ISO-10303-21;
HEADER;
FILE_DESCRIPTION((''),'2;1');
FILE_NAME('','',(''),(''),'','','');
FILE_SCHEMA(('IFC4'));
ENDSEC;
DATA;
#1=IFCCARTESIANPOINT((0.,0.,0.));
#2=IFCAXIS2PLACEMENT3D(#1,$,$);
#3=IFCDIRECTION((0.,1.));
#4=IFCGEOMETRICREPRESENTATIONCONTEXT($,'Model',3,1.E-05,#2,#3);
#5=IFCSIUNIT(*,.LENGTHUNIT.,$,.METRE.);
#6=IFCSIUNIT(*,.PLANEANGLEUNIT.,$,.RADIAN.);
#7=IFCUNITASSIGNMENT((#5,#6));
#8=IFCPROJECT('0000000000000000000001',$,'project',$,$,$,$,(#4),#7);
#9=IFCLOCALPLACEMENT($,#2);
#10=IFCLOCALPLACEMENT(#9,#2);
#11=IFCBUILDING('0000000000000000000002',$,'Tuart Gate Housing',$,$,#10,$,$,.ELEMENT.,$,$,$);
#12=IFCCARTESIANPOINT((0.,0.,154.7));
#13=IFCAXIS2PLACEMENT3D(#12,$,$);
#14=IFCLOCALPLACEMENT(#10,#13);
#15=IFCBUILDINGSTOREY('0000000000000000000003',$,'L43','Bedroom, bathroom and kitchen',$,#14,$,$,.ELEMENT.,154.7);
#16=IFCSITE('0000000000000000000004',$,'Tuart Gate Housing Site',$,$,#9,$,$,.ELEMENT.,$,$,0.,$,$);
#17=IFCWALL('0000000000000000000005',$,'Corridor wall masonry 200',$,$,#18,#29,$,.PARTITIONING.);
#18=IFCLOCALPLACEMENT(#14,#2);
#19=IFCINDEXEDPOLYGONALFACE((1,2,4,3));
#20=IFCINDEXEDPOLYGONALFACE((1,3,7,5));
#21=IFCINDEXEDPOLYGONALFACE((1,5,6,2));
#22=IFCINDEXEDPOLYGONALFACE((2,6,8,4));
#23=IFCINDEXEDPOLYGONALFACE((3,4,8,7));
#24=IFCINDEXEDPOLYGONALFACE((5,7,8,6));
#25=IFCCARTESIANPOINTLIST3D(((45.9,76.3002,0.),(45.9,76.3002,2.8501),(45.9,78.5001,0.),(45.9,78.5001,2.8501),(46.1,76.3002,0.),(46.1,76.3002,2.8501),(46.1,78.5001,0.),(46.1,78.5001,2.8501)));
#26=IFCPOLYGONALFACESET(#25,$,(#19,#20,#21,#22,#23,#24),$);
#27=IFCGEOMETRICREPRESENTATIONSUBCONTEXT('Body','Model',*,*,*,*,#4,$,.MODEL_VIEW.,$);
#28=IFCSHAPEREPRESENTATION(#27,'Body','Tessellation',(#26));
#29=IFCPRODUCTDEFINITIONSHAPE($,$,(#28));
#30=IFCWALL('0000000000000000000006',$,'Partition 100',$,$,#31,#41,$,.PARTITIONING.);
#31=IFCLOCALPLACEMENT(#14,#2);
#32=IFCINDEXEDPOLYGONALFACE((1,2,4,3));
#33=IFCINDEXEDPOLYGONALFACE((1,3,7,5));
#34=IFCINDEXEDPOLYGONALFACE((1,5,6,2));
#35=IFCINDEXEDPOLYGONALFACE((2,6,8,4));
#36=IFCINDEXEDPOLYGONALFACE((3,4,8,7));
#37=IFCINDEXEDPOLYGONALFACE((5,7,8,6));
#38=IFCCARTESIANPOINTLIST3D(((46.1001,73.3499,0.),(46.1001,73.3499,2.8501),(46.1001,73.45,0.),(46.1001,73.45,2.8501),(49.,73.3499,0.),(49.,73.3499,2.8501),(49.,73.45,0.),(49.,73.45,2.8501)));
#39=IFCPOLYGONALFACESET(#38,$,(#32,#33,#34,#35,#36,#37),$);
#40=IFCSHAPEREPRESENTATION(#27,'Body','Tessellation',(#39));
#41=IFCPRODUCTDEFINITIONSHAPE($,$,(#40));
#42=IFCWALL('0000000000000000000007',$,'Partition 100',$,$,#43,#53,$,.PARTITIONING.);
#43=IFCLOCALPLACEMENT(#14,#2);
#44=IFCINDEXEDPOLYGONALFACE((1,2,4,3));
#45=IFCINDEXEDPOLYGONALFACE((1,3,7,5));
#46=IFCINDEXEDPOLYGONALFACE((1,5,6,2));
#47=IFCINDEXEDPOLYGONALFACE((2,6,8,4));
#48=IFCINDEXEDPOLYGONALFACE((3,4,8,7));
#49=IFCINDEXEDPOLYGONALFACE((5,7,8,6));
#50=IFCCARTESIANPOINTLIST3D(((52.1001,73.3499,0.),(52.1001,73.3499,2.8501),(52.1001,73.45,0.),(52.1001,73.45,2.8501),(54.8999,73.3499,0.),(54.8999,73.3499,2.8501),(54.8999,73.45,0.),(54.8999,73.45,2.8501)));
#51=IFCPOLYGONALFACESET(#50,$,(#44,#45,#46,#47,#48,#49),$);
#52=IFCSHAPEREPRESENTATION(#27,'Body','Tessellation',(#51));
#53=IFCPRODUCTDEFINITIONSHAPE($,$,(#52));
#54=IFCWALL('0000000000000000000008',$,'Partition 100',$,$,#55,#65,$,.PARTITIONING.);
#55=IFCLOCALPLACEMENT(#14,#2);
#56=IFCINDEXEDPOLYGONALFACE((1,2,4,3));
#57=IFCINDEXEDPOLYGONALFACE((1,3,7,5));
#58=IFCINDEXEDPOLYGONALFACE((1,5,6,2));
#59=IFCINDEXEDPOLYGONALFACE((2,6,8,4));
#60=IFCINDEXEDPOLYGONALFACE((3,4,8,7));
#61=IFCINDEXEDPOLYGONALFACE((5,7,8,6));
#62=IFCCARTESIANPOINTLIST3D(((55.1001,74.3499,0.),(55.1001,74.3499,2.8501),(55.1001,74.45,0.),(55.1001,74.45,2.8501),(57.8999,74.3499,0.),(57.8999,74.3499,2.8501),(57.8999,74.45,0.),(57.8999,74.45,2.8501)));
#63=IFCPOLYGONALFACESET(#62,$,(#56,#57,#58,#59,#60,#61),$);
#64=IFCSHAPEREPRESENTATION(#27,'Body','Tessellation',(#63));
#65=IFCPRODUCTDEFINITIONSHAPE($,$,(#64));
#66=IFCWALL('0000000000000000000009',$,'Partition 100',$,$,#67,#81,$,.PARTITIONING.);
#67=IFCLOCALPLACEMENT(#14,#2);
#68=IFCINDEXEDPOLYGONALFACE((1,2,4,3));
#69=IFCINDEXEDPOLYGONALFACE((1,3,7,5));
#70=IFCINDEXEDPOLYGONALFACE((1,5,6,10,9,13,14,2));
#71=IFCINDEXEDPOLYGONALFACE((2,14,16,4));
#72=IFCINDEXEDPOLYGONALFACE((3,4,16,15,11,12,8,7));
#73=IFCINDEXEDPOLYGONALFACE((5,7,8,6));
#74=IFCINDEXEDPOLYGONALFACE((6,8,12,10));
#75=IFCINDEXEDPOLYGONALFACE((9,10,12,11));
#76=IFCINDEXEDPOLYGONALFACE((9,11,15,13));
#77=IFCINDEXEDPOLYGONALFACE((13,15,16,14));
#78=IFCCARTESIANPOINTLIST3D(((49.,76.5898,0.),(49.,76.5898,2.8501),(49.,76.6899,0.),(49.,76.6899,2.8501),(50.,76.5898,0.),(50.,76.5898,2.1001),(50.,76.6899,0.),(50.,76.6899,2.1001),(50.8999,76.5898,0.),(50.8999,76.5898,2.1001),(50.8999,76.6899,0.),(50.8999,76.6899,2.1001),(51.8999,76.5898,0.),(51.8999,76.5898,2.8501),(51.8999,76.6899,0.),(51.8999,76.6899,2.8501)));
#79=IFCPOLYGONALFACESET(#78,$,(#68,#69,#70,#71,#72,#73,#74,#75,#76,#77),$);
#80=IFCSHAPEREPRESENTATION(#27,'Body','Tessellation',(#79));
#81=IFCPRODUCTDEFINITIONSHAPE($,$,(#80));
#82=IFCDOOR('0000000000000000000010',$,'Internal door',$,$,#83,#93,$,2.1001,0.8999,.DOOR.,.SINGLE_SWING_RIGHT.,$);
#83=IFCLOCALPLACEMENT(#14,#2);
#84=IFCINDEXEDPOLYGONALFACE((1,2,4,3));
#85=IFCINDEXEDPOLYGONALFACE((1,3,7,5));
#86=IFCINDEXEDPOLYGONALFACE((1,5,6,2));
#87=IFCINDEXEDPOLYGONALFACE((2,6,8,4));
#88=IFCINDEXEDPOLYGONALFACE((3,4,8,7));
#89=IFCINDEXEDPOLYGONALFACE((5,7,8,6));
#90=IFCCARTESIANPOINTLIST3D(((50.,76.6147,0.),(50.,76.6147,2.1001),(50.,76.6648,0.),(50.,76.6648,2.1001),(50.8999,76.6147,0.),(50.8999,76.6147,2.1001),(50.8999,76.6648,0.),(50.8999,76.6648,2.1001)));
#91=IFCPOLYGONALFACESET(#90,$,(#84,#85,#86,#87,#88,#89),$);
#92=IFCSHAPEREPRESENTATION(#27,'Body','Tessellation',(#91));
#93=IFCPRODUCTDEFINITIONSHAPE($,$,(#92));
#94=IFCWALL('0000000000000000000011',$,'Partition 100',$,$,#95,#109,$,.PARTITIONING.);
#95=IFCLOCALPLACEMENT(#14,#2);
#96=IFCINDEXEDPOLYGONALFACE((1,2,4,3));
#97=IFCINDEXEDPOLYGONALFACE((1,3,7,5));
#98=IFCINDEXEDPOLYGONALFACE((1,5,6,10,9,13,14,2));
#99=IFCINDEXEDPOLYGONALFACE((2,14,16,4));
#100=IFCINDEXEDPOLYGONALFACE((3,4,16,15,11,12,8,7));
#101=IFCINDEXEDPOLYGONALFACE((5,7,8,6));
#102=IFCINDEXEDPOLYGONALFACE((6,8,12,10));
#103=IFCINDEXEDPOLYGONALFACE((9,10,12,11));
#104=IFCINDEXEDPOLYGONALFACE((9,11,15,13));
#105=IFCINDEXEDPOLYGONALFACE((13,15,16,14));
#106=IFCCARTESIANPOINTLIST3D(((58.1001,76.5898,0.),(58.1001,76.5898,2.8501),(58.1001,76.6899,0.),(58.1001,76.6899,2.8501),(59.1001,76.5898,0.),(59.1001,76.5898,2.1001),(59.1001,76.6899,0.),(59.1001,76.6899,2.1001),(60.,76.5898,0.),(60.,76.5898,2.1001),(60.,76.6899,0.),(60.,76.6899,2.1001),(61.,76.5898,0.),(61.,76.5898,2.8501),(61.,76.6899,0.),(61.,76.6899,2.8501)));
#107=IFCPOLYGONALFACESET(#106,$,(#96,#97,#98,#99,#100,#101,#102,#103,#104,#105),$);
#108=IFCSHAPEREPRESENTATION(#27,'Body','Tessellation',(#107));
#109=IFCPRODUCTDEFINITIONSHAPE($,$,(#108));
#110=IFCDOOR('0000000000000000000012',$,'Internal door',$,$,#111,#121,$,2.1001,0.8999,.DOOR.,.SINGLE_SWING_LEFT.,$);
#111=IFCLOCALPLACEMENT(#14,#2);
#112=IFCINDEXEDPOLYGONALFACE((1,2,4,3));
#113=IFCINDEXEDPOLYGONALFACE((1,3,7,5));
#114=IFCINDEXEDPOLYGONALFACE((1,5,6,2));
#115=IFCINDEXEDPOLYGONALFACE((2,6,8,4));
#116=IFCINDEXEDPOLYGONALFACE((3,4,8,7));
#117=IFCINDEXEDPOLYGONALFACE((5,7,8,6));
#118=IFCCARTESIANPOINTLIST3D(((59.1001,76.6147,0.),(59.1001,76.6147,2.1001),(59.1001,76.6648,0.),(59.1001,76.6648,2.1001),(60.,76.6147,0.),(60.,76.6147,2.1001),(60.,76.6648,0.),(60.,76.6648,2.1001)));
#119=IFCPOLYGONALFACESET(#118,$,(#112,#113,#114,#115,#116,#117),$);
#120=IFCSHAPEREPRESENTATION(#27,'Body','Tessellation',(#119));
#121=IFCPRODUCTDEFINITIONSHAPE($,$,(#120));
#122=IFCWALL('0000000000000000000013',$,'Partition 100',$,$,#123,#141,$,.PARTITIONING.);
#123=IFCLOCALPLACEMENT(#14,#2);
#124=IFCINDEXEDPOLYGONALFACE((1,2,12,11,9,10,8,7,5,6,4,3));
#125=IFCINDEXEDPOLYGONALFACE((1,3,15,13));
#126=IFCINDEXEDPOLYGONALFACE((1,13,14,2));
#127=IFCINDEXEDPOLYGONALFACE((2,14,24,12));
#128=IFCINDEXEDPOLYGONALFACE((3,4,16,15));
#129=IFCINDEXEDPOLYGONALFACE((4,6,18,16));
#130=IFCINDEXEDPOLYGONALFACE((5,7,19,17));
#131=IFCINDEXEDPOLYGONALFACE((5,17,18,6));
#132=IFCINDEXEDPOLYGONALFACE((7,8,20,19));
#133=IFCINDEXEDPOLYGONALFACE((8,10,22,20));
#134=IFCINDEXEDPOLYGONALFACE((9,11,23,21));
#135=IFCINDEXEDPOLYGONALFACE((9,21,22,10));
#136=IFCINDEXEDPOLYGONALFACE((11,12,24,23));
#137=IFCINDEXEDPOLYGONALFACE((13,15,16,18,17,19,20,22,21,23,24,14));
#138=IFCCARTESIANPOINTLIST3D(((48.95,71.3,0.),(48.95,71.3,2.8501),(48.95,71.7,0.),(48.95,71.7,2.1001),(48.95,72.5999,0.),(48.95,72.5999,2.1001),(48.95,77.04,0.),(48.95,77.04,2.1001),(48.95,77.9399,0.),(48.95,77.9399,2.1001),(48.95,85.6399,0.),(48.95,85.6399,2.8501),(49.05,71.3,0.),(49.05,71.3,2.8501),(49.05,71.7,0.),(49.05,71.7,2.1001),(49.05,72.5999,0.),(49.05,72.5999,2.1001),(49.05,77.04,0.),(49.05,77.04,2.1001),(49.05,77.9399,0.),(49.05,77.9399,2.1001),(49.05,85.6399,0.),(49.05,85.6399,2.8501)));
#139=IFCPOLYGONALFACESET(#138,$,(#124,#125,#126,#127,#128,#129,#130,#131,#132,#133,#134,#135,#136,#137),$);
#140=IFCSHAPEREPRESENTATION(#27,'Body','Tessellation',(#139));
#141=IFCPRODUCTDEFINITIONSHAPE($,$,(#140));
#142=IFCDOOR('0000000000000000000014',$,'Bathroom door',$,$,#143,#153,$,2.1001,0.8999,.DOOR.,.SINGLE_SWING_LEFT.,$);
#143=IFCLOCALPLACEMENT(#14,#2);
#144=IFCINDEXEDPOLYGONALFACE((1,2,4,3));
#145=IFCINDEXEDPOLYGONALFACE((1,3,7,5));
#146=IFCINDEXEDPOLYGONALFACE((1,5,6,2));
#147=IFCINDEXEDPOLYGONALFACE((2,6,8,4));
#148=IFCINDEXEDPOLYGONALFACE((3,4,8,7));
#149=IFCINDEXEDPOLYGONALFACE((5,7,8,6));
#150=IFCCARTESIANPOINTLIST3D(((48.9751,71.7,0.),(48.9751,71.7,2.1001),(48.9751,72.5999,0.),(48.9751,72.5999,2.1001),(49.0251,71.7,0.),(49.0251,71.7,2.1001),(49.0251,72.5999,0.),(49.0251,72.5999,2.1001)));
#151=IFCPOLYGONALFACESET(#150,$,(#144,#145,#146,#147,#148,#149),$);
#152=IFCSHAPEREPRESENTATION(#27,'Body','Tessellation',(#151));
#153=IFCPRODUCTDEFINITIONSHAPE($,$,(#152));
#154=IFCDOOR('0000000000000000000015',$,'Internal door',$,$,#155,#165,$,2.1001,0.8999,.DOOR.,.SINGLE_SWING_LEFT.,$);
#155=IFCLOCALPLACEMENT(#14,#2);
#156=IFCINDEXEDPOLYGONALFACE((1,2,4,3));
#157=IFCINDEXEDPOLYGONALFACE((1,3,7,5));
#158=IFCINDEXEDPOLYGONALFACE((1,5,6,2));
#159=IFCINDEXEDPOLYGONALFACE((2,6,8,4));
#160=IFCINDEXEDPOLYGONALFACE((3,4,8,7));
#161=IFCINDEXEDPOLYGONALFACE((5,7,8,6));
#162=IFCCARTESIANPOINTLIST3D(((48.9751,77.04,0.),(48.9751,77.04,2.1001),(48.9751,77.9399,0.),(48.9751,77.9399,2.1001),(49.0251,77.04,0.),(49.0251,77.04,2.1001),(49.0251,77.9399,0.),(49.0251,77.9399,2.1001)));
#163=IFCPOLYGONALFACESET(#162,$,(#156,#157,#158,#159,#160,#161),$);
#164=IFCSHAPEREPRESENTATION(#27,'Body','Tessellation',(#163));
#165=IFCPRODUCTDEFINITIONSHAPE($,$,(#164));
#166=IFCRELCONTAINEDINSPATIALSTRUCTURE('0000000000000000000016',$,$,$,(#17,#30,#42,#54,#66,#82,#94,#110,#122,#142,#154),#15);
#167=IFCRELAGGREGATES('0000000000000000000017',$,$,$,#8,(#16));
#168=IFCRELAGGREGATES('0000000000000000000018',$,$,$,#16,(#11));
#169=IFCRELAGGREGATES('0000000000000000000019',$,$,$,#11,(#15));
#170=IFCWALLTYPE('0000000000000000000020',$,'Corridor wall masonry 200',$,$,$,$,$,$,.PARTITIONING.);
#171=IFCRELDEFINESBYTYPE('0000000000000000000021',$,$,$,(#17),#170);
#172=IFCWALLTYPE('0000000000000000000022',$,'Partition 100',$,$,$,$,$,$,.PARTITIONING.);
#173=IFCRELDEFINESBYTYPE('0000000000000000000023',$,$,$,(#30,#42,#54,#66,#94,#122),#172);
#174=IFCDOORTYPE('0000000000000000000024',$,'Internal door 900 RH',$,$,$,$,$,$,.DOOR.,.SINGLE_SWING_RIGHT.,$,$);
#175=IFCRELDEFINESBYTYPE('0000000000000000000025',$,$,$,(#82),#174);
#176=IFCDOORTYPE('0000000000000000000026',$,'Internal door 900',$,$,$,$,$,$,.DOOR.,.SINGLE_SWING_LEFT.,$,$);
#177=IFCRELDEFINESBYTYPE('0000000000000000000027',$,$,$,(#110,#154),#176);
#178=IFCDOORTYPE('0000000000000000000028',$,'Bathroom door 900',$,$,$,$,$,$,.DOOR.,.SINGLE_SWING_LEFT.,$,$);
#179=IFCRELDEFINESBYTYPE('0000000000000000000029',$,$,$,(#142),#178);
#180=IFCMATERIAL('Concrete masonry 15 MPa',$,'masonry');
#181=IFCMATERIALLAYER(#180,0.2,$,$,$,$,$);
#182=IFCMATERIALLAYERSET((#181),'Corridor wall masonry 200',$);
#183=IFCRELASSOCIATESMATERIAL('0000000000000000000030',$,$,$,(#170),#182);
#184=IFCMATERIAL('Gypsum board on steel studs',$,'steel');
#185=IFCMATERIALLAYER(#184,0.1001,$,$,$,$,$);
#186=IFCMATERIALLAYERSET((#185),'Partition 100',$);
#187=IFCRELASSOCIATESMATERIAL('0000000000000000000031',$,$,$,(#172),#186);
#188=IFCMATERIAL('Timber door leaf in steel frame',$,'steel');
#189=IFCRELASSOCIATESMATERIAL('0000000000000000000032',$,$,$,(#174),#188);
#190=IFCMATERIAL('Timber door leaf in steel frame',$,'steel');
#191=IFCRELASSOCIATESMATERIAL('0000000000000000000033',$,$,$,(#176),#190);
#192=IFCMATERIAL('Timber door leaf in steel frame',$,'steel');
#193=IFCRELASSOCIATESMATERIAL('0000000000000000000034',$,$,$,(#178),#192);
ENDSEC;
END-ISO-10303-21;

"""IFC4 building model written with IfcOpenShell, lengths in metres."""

from ifc_helpers import new_model, si_unit, direction, frame, frame_2d, origin, place, context, subcontext, project, spatial, rectangle, extrude, material, layer, layer_set, type_object, element, fill, save


model = new_model("IFC4")

# Units and contexts
model_context = context("Model", 3, precision=1e-05, world=origin(), true_north=direction((0.0, 1.0)))
body_context = subcontext(model_context, "Body", "Model", "MODEL_VIEW")
ifc_project = project(units=[si_unit("LENGTHUNIT", "METRE"), si_unit("PLANEANGLEUNIT", "RADIAN")], contexts=[model_context])

# Site, building, storey
site_placement = place(None, origin())
site = spatial("IfcSite", under=ifc_project, at=site_placement, Name="Tuart Gate Housing Site", CompositionType="ELEMENT", RefElevation=0.0)
building_placement = place(site_placement, origin())
building = spatial("IfcBuilding", under=site, at=building_placement, Name="Tuart Gate Housing", CompositionType="ELEMENT")
storey_placement = place(building_placement, frame((0.0, 0.0, 154.7)))
storey = spatial("IfcBuildingStorey", under=building, at=storey_placement, Name="L43", Description="Bedroom, bathroom and kitchen", CompositionType="ELEMENT", Elevation=154.7)

# Walls
ifc_material_1 = material(Name="Concrete masonry 15 MPa", Category="masonry")
ifc_layer_1 = layer(ifc_material_1, 0.2)
ifc_layer_set_1 = layer_set([ifc_layer_1], Name="Corridor wall masonry 200")
wall_type_1 = type_object("IfcWallType", Name="Corridor wall masonry 200", PredefinedType="PARTITIONING", material=ifc_layer_set_1)
wall_1_placement = place(storey_placement, frame((46.0, 76.3, 0.0), z_axis=(0.0, 0.0, 1.0), x_axis=(0.0, 1.0, 0.0)))
element("IfcWall", 1, at=wall_1_placement, inside=storey, type_object=wall_type_1, Name="Corridor wall masonry 200", PredefinedType="PARTITIONING", context=body_context, shape_type="SweptSolid", body=[
    extrude(rectangle(XDim=2.2, YDim=0.2, at=frame_2d((1.1001, 0.0))), origin(), (0.0, 0.0, 1.0), 2.8501),
])
ifc_material_2 = material(Name="Gypsum board on steel studs", Category="steel")
ifc_layer_2 = layer(ifc_material_2, 0.1001)
ifc_layer_set_2 = layer_set([ifc_layer_2], Name="Partition 100")
wall_type_2 = type_object("IfcWallType", Name="Partition 100", PredefinedType="PARTITIONING", material=ifc_layer_set_2)
wall_2_placement = place(storey_placement, frame((46.1001, 73.3999, 0.0), z_axis=(0.0, 0.0, 1.0), x_axis=(1.0, 0.0, 0.0)))
element("IfcWall", 2, at=wall_2_placement, inside=storey, type_object=wall_type_2, Name="Partition 100", PredefinedType="PARTITIONING", context=body_context, shape_type="SweptSolid", body=[
    extrude(rectangle(XDim=2.8999, YDim=0.1001, at=frame_2d((1.45, 0.0))), origin(), (0.0, 0.0, 1.0), 2.8501),
])
for number, where, z_axis, x_axis, name in (
    (3, (52.1001, 73.3999, 0.0), (0.0, 0.0, 1.0), (1.0, 0.0, 0.0), "Partition 100"),
    (4, (55.1001, 74.3999, 0.0), (0.0, 0.0, 1.0), (1.0, 0.0, 0.0), "Partition 100"),
):
    element("IfcWall", number, at=place(storey_placement, frame(where, z_axis=z_axis, x_axis=x_axis)), inside=storey, type_object=wall_type_2, Name=name, PredefinedType="PARTITIONING", context=body_context, shape_type="SweptSolid", body=[
        extrude(rectangle(XDim=2.7998, YDim=0.1001, at=frame_2d((1.3999, 0.0))), origin(), (0.0, 0.0, 1.0), 2.8501),
    ])

# Walls, openings, doors
wall_3_placement = place(storey_placement, frame((49.0, 76.6399, 0.0), z_axis=(0.0, 0.0, 1.0), x_axis=(1.0, 0.0, 0.0)))
wall_3 = element("IfcWall", 5, at=wall_3_placement, inside=storey, type_object=wall_type_2, Name="Partition 100", PredefinedType="PARTITIONING", context=body_context, shape_type="SweptSolid", body=[
    extrude(rectangle(XDim=2.8999, YDim=0.1001, at=frame_2d((1.45, 0.0))), origin(), (0.0, 0.0, 1.0), 2.8501),
])
opening_1_placement = place(wall_3_placement, frame((1.0, 0.0, 0.0)))
opening_1 = element("IfcOpeningElement", 6, at=opening_1_placement, cuts=wall_3, PredefinedType="OPENING", context=body_context, shape_type="SweptSolid", body=[
    extrude(rectangle(XDim=0.8999, YDim=2.1001, at=frame_2d((0.45, 1.05))), frame((0.0, 0.0601, 0.0), z_axis=(0.0, -1.0, 0.0), x_axis=(1.0, 0.0, 0.0)), (0.0, 0.0, 1.0), 0.1201),
])
ifc_material_3 = material(Name="Timber door leaf in steel frame", Category="steel")
door_type_1 = type_object("IfcDoorType", Name="Internal door 900 RH", OperationType="SINGLE_SWING_RIGHT", PredefinedType="DOOR", material=ifc_material_3)
door_1_placement = place(opening_1_placement, frame((0.8999, 0.0, 0.0), z_axis=(0.0, 0.0, 1.0), x_axis=(-1.0, 0.0, 0.0)))
door_1 = element("IfcDoor", 7, at=door_1_placement, inside=storey, type_object=door_type_1, Name="Internal door", OperationType="SINGLE_SWING_RIGHT", OverallHeight=2.1001, OverallWidth=0.8999, PredefinedType="DOOR", context=body_context, shape_type="SweptSolid", body=[
    extrude(rectangle(XDim=0.8999, YDim=2.1001, at=frame_2d((0.45, 1.05))), frame((0.0, 0.0251, 0.0), z_axis=(0.0, -1.0, 0.0), x_axis=(1.0, 0.0, 0.0)), (0.0, 0.0, 1.0), 0.05),
])
fill(opening_1, door_1)
wall_4_placement = place(storey_placement, frame((58.1001, 76.6399, 0.0), z_axis=(0.0, 0.0, 1.0), x_axis=(1.0, 0.0, 0.0)))
wall_4 = element("IfcWall", 8, at=wall_4_placement, inside=storey, type_object=wall_type_2, Name="Partition 100", PredefinedType="PARTITIONING", context=body_context, shape_type="SweptSolid", body=[
    extrude(rectangle(XDim=2.8999, YDim=0.1001, at=frame_2d((1.45, 0.0))), origin(), (0.0, 0.0, 1.0), 2.8501),
])
opening_2_placement = place(wall_4_placement, frame((1.0, 0.0, 0.0)))
opening_2 = element("IfcOpeningElement", 9, at=opening_2_placement, cuts=wall_4, PredefinedType="OPENING", context=body_context, shape_type="SweptSolid", body=[
    extrude(rectangle(XDim=0.8999, YDim=2.1001, at=frame_2d((0.45, 1.05))), frame((0.0, 0.0601, 0.0), z_axis=(0.0, -1.0, 0.0), x_axis=(1.0, 0.0, 0.0)), (0.0, 0.0, 1.0), 0.1201),
])
ifc_material_4 = material(Name="Timber door leaf in steel frame", Category="steel")
door_type_2 = type_object("IfcDoorType", Name="Internal door 900", OperationType="SINGLE_SWING_LEFT", PredefinedType="DOOR", material=ifc_material_4)
door_2_placement = place(opening_2_placement, frame((0.8999, 0.0, 0.0), z_axis=(0.0, 0.0, 1.0), x_axis=(-1.0, 0.0, 0.0)))
door_2 = element("IfcDoor", 10, at=door_2_placement, inside=storey, type_object=door_type_2, Name="Internal door", OperationType="SINGLE_SWING_LEFT", OverallHeight=2.1001, OverallWidth=0.8999, PredefinedType="DOOR", context=body_context, shape_type="SweptSolid", body=[
    extrude(rectangle(XDim=0.8999, YDim=2.1001, at=frame_2d((0.45, 1.05))), frame((0.0, 0.0251, 0.0), z_axis=(0.0, -1.0, 0.0), x_axis=(1.0, 0.0, 0.0)), (0.0, 0.0, 1.0), 0.05),
])
fill(opening_2, door_2)

# Wall, openings, doors
wall_5_placement = place(storey_placement, frame((49.0, 71.3, 0.0), z_axis=(0.0, 0.0, 1.0), x_axis=(0.0, 1.0, 0.0)))
wall_5 = element("IfcWall", 11, at=wall_5_placement, inside=storey, type_object=wall_type_2, Name="Partition 100", PredefinedType="PARTITIONING", context=body_context, shape_type="SweptSolid", body=[
    extrude(rectangle(XDim=14.3398, YDim=0.1001, at=frame_2d((7.1699, 0.0))), origin(), (0.0, 0.0, 1.0), 2.8501),
])
opening_3_placement = place(wall_5_placement, frame((5.74, 0.0, 0.0)))
opening_3 = element("IfcOpeningElement", 12, at=opening_3_placement, cuts=wall_5, PredefinedType="OPENING", context=body_context, shape_type="SweptSolid", body=[
    extrude(rectangle(XDim=0.8999, YDim=2.1001, at=frame_2d((0.45, 1.05))), frame((0.0, 0.0601, 0.0), z_axis=(0.0, -1.0, 0.0), x_axis=(1.0, 0.0, 0.0)), (0.0, 0.0, 1.0), 0.1201),
])
opening_4_placement = place(wall_5_placement, frame((0.3999, 0.0, 0.0)))
opening_4 = element("IfcOpeningElement", 13, at=opening_4_placement, cuts=wall_5, PredefinedType="OPENING", context=body_context, shape_type="SweptSolid", body=[
    extrude(rectangle(XDim=0.8999, YDim=2.1001, at=frame_2d((0.45, 1.05))), frame((0.0, 0.0601, 0.0), z_axis=(0.0, -1.0, 0.0), x_axis=(1.0, 0.0, 0.0)), (0.0, 0.0, 1.0), 0.1201),
])
ifc_material_5 = material(Name="Timber door leaf in steel frame", Category="steel")
door_type_3 = type_object("IfcDoorType", Name="Bathroom door 900", OperationType="SINGLE_SWING_LEFT", PredefinedType="DOOR", material=ifc_material_5)
door_3_placement = place(opening_4_placement, origin())
door_3 = element("IfcDoor", 14, at=door_3_placement, inside=storey, type_object=door_type_3, Name="Bathroom door", OperationType="SINGLE_SWING_LEFT", OverallHeight=2.1001, OverallWidth=0.8999, PredefinedType="DOOR", context=body_context, shape_type="SweptSolid", body=[
    extrude(rectangle(XDim=0.8999, YDim=2.1001, at=frame_2d((0.45, 1.05))), frame((0.0, 0.0249, 0.0), z_axis=(0.0, -1.0, 0.0), x_axis=(1.0, 0.0, 0.0)), (0.0, 0.0, 1.0), 0.05),
])
fill(opening_4, door_3)
door_4_placement = place(opening_3_placement, origin())
door_4 = element("IfcDoor", 15, at=door_4_placement, inside=storey, type_object=door_type_2, Name="Internal door", OperationType="SINGLE_SWING_LEFT", OverallHeight=2.1001, OverallWidth=0.8999, PredefinedType="DOOR", context=body_context, shape_type="SweptSolid", body=[
    extrude(rectangle(XDim=0.8999, YDim=2.1001, at=frame_2d((0.45, 1.05))), frame((0.0, 0.0249, 0.0), z_axis=(0.0, -1.0, 0.0), x_axis=(1.0, 0.0, 0.0)), (0.0, 0.0, 1.0), 0.05),
])
fill(opening_3, door_4)

save(model, "model.ifc")
